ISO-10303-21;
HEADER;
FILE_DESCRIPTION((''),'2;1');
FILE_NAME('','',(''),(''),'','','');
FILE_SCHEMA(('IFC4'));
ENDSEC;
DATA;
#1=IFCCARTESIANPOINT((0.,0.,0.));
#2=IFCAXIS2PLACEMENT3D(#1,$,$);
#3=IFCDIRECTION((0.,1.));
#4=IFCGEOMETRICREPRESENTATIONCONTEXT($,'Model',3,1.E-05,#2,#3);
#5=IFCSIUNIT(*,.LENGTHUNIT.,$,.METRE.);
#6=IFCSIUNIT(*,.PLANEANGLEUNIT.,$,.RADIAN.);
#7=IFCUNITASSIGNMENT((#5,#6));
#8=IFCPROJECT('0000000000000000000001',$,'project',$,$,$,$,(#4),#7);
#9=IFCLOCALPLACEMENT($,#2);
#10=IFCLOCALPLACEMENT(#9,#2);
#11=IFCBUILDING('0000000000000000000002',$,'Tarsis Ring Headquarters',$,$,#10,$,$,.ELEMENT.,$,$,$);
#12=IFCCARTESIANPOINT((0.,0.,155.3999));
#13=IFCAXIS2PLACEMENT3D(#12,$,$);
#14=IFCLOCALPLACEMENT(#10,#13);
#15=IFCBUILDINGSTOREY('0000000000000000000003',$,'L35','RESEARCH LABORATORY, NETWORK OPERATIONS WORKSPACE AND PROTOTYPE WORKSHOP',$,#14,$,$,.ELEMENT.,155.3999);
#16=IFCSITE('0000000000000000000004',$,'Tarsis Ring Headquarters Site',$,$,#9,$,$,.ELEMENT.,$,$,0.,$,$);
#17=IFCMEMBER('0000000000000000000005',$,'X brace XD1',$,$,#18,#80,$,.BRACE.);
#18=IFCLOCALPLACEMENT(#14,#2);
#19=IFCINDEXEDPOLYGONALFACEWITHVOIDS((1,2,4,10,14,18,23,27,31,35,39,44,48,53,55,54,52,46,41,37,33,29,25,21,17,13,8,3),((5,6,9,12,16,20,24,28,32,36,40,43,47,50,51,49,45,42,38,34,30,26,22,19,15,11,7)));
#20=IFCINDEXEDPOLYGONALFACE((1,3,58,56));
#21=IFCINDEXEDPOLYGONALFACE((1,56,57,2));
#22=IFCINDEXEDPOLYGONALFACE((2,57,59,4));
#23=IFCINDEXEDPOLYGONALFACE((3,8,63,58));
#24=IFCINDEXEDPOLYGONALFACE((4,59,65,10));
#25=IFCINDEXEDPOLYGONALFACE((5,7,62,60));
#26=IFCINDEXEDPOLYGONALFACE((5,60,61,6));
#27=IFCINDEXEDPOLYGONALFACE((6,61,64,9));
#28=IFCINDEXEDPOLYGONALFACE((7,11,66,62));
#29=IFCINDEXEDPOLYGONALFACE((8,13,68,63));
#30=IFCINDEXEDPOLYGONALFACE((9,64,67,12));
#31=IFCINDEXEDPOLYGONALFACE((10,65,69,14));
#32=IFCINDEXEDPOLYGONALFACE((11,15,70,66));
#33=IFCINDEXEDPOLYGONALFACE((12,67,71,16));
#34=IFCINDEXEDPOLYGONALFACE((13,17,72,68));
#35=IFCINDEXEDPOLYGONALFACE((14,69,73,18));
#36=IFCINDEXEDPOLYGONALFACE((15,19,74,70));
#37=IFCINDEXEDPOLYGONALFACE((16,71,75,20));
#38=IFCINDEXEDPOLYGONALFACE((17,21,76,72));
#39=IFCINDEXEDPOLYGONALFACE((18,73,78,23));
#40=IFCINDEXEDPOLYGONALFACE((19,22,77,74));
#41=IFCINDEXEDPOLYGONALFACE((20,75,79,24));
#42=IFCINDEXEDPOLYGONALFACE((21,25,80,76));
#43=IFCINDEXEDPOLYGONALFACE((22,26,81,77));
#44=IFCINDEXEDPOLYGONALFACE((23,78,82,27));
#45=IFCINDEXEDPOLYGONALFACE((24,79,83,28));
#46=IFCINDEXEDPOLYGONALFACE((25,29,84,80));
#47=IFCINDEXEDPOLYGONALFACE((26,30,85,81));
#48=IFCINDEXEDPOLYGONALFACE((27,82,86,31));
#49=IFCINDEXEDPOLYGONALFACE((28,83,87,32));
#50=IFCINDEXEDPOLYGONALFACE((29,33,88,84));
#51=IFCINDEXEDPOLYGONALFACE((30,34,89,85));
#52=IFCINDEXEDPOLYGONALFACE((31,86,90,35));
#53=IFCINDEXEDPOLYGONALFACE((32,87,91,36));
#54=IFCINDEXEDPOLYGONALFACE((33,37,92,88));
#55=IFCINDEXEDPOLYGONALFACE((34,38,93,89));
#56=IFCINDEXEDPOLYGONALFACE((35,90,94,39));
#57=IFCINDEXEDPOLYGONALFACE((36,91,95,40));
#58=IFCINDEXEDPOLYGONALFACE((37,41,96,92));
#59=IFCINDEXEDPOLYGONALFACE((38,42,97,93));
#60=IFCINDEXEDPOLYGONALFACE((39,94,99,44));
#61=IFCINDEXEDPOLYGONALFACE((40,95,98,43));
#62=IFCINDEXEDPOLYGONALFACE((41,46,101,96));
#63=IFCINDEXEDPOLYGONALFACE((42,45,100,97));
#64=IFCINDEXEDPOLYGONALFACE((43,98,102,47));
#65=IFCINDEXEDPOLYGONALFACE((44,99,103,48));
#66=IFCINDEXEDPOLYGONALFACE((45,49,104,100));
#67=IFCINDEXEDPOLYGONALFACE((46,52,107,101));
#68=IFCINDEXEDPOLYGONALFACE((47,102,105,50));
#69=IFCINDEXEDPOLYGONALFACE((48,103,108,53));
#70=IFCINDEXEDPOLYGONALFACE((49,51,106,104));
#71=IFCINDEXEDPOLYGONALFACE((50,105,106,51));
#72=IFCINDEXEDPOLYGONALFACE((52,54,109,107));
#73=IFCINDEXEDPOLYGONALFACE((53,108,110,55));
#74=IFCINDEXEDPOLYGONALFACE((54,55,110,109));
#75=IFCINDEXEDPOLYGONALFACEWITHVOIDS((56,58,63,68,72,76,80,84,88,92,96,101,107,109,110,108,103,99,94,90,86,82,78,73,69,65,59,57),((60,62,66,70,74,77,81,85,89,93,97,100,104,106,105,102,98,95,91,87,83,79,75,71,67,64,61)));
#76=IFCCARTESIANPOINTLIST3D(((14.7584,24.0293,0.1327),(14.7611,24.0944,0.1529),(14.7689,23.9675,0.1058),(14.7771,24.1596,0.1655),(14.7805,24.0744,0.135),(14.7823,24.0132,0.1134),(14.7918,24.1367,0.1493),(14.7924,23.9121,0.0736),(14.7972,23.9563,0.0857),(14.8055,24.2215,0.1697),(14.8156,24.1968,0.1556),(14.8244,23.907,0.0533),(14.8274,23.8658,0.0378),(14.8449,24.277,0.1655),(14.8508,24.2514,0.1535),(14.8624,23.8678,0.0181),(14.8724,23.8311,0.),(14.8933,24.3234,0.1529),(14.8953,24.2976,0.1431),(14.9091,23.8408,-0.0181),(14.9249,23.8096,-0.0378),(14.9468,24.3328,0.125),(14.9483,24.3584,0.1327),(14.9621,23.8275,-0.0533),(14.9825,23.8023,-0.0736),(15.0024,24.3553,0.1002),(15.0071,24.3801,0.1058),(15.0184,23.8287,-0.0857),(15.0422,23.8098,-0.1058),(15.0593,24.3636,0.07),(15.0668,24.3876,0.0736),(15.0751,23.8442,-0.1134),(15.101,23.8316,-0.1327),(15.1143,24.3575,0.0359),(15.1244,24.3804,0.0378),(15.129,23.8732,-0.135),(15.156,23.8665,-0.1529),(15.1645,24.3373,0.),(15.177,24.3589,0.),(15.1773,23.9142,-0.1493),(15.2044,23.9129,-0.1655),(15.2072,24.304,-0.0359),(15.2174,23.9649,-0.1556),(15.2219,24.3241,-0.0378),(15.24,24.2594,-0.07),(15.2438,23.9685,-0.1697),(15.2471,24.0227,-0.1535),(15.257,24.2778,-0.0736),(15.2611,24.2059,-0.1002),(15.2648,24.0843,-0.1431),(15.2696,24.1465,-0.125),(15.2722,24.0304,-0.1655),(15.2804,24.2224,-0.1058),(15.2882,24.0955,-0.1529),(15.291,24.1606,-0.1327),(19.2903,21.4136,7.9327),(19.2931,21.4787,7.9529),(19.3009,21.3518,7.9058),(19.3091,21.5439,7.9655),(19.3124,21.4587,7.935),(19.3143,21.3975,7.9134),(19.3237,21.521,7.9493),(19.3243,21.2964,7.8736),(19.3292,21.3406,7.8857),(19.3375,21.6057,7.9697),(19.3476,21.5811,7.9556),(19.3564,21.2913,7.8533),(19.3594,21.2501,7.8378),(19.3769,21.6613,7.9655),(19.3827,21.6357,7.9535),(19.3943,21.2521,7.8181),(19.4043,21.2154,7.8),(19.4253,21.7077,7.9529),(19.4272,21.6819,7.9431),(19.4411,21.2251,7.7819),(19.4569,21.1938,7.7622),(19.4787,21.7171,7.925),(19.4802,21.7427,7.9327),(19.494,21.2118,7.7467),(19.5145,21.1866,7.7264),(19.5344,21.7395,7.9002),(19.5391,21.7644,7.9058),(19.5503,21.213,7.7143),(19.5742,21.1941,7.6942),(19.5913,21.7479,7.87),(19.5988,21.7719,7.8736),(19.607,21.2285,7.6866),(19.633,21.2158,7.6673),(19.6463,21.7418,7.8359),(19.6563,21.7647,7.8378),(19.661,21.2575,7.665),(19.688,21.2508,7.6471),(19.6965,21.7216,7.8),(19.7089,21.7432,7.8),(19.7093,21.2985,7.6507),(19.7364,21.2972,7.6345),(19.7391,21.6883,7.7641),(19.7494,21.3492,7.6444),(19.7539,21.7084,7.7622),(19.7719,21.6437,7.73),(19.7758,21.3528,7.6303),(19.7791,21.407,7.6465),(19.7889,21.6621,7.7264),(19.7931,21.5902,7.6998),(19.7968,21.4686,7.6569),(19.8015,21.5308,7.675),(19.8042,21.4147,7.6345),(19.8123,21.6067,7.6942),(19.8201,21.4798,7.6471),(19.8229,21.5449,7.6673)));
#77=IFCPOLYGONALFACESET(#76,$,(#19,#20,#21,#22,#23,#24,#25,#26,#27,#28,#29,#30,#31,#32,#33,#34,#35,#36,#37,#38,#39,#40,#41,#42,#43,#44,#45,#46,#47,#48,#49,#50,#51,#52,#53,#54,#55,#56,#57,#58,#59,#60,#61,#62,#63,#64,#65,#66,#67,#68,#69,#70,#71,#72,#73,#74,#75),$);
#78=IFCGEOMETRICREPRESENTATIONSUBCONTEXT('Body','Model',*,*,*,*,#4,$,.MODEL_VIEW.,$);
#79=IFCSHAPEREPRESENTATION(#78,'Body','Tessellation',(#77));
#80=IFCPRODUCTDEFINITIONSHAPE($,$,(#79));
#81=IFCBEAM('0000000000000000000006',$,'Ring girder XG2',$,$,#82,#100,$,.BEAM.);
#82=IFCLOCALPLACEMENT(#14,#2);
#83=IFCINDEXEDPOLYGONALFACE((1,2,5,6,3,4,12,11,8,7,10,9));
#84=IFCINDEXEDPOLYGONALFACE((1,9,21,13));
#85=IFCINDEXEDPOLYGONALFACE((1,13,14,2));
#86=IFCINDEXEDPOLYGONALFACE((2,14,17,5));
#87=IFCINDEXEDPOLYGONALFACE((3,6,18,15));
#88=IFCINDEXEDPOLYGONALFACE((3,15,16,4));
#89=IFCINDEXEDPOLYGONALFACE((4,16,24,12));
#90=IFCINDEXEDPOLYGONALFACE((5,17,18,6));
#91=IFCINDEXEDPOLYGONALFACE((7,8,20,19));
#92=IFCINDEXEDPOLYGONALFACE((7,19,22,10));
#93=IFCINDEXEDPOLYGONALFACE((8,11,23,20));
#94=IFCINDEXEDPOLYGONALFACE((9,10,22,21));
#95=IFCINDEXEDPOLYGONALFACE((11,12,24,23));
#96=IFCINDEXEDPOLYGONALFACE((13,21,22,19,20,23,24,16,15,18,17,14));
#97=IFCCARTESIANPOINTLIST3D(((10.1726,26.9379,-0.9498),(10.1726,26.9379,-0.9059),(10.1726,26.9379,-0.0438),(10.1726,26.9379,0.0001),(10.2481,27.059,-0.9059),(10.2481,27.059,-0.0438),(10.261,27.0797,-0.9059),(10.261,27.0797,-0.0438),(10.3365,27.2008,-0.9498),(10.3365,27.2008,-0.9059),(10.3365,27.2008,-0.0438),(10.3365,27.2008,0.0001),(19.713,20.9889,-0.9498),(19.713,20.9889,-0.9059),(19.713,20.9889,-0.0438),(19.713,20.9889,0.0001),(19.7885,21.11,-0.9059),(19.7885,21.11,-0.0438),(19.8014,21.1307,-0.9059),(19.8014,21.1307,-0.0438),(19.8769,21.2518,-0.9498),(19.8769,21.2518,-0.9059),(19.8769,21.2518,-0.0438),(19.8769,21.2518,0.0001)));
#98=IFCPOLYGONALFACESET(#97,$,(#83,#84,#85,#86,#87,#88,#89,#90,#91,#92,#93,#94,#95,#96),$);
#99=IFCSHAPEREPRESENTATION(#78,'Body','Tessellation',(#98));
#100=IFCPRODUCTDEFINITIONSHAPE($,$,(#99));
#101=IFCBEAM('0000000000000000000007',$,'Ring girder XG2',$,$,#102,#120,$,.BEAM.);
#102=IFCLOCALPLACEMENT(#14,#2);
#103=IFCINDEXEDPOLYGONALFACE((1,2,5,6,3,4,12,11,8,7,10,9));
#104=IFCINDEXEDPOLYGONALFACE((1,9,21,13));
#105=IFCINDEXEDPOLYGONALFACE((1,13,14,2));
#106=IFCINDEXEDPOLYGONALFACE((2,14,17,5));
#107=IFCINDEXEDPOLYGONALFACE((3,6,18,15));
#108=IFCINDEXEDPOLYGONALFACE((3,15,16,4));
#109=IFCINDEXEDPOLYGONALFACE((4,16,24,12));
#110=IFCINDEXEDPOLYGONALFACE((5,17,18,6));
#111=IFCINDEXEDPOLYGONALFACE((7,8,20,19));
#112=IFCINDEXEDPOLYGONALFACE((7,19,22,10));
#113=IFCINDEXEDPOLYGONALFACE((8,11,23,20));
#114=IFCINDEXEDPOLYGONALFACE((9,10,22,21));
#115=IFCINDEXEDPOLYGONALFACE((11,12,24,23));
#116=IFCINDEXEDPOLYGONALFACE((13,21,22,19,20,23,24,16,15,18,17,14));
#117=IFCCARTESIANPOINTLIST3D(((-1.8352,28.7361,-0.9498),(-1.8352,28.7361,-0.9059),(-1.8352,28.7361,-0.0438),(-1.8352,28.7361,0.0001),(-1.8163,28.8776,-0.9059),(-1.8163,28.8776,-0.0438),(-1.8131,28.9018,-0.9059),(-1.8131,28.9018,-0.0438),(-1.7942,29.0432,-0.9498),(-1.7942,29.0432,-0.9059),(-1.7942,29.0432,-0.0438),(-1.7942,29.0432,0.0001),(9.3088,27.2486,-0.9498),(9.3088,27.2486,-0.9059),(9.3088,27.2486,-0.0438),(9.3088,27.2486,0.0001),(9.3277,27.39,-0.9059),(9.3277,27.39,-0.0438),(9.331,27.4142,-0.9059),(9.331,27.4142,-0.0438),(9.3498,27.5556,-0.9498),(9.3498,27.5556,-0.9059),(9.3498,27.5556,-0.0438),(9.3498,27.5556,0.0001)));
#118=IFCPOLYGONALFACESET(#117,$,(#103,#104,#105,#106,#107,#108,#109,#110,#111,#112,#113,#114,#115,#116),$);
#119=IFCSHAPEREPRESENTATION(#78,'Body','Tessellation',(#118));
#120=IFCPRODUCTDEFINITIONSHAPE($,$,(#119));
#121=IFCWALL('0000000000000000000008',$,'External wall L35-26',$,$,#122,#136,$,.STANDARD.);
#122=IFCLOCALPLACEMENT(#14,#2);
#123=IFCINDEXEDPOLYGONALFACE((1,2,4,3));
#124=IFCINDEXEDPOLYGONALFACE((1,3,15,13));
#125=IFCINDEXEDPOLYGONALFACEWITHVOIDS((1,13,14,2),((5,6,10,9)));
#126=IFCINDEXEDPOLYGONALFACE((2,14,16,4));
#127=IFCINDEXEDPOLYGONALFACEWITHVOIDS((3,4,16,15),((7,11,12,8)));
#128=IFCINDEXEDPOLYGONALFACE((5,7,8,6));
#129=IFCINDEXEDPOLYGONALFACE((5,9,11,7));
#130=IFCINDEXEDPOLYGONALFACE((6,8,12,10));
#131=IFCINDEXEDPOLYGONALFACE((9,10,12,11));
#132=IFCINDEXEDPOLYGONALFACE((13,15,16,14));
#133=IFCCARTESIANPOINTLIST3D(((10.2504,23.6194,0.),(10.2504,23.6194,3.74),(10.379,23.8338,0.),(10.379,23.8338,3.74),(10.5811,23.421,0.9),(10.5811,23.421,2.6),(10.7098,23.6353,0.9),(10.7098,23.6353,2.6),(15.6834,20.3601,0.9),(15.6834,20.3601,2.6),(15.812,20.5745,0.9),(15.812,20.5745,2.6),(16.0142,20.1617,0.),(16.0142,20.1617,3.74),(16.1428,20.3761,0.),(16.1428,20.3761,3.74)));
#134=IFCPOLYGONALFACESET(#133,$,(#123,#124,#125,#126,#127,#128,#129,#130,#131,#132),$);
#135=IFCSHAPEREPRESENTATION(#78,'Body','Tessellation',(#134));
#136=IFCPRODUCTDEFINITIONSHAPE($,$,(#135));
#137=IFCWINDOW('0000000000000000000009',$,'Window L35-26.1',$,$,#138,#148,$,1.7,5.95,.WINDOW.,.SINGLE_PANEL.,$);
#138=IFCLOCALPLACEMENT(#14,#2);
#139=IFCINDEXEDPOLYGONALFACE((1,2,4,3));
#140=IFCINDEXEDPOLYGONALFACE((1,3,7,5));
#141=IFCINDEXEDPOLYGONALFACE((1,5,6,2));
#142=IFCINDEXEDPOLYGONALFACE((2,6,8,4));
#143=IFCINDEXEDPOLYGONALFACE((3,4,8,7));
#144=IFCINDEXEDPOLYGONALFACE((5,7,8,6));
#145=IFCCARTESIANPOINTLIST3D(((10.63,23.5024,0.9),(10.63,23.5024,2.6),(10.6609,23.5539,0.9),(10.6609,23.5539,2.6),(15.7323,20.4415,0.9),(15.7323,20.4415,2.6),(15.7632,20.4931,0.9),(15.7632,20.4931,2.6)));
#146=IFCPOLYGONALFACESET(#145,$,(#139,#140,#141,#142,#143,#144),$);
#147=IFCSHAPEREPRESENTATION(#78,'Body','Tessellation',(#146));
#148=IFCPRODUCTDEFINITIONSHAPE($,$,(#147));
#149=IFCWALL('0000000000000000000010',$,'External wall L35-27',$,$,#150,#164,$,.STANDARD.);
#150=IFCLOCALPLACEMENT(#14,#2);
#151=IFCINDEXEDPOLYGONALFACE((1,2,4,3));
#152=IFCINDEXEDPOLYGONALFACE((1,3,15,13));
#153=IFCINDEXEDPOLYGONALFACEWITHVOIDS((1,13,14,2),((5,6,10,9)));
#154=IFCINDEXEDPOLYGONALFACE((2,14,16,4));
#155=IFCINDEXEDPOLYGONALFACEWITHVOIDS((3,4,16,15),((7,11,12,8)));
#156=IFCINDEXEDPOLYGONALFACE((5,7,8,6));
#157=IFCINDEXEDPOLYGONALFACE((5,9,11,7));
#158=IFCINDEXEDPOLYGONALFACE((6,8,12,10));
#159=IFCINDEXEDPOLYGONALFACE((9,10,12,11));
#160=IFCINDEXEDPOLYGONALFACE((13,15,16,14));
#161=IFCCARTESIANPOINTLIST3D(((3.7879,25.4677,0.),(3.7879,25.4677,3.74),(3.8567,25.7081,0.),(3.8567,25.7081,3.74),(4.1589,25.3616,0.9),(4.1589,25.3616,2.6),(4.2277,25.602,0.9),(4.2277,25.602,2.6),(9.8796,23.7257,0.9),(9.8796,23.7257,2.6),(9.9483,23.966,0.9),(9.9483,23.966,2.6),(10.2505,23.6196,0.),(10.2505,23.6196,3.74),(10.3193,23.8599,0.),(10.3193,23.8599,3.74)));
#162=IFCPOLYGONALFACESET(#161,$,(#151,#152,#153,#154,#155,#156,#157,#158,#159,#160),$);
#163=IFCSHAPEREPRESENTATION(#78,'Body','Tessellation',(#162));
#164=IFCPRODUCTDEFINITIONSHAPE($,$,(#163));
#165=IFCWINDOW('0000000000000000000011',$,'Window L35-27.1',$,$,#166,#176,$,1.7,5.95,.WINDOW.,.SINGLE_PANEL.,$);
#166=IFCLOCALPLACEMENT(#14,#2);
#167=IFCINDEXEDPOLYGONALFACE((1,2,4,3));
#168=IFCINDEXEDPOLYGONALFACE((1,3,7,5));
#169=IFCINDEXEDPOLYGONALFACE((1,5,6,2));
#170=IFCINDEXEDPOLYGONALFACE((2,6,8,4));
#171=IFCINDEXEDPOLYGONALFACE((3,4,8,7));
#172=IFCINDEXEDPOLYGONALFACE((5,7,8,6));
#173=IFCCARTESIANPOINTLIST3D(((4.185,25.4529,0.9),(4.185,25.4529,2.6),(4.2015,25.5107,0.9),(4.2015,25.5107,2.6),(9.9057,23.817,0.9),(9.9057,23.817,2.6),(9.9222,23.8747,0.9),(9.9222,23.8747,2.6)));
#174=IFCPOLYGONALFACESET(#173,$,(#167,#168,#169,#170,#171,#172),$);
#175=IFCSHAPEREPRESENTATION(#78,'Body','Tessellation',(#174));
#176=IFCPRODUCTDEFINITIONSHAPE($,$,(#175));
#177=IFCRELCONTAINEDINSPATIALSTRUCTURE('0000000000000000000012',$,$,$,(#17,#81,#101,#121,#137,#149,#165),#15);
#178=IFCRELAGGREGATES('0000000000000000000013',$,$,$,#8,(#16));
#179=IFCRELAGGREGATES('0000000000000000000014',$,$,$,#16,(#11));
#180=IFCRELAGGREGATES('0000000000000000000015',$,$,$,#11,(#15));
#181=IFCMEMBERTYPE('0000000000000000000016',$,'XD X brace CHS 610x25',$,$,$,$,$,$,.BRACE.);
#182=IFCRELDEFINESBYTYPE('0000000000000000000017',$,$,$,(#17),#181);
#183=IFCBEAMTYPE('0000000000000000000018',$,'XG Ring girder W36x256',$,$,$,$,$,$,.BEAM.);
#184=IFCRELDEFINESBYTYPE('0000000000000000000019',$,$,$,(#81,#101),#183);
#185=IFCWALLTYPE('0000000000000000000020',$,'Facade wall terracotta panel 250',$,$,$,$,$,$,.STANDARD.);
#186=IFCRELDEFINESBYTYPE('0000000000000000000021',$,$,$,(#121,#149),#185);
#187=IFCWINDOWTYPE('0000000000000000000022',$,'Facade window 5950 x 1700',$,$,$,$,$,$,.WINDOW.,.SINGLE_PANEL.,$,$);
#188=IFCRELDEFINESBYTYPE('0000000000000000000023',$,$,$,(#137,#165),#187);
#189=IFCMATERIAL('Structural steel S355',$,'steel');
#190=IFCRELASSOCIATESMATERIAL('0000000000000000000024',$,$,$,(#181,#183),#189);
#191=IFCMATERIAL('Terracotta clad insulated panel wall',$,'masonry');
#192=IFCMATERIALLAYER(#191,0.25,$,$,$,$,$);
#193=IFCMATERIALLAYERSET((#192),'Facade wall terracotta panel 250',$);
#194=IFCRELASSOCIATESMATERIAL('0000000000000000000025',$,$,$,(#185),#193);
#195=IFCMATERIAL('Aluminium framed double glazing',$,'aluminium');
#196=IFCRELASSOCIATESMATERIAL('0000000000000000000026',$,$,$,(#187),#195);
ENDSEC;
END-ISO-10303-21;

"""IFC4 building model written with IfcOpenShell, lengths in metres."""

from ifc_helpers import new_model, si_unit, direction, frame, frame_2d, origin, origin_2d, place, context, subcontext, project, spatial, rectangle, hollow_circle, i_section, extrude, material, layer, layer_set, material_profile, profile_set, type_object, element, fill, save


model = new_model("IFC4")

# Units and contexts
model_context = context("Model", 3, precision=1e-05, world=origin(), true_north=direction((0.0, 1.0)))
body_context = subcontext(model_context, "Body", "Model", "MODEL_VIEW")
ifc_project = project(units=[si_unit("LENGTHUNIT", "METRE"), si_unit("PLANEANGLEUNIT", "RADIAN")], contexts=[model_context])

# Site, building, storey
site_placement = place(None, origin())
site = spatial("IfcSite", under=ifc_project, at=site_placement, Name="Tarsis Ring Headquarters Site", CompositionType="ELEMENT", RefElevation=0.0)
building_placement = place(site_placement, origin())
building = spatial("IfcBuilding", under=site, at=building_placement, Name="Tarsis Ring Headquarters", CompositionType="ELEMENT")
storey_placement = place(building_placement, frame((0.0, 0.0, 155.3999)))
storey = spatial("IfcBuildingStorey", under=building, at=storey_placement, Name="L35", Description="RESEARCH LABORATORY, NETWORK OPERATIONS WORKSPACE AND PROTOTYPE WORKSHOP", CompositionType="ELEMENT", Elevation=155.3999)

# Shared definitions
ifc_material_1 = material(Name="Structural steel S355", Category="steel")

# Member
ifc_material_profile_1 = material_profile(ifc_material_1, hollow_circle(Radius=0.3047, WallThickness=0.0249, at=origin_2d()), Name="CHS 610x25")
ifc_profile_set_1 = profile_set([ifc_material_profile_1], Name="Structural steel S355")
member_type = type_object("IfcMemberType", Name="XD X brace CHS 610x25", PredefinedType="BRACE", material=ifc_profile_set_1)
member_1_placement = place(storey_placement, frame((15.0247, 24.095, 0.0), z_axis=(0.482504, -0.278487, 0.830443), x_axis=(0.499883, 0.866093, 0.0)))
element("IfcMember", 1, at=member_1_placement, inside=storey, type_object=member_type, Name="X brace XD1", PredefinedType="BRACE", context=body_context, shape_type="SweptSolid", body=[
    extrude(hollow_circle(Radius=0.3047, WallThickness=0.0249, at=origin_2d()), origin(), (0.0, 0.0, 1.0), 9.3926),
])

# Beams
ifc_material_profile_2 = material_profile(ifc_material_1, i_section(OverallWidth=0.3098, OverallDepth=0.95, WebThickness=0.0244, FlangeThickness=0.0439, at=origin_2d()), Name="W36x256")
ifc_profile_set_2 = profile_set([ifc_material_profile_2], Name="Structural steel S355")
beam_type_1 = type_object("IfcBeamType", Name="XG Ring girder W36x256", PredefinedType="BEAM", material=ifc_profile_set_2)
beam_1_placement = place(storey_placement, frame((19.7949, 21.1204, -0.4749), z_axis=(-0.848546, 0.529122, 0.0), x_axis=(-0.529122, -0.848546, 0.0)))
element("IfcBeam", 2, at=beam_1_placement, inside=storey, type_object=beam_type_1, Name="Ring girder XG2", PredefinedType="BEAM", context=body_context, shape_type="SweptSolid", body=[
    extrude(i_section(OverallWidth=0.3098, OverallDepth=0.95, WebThickness=0.0244, FlangeThickness=0.0439, at=origin_2d()), origin(), (0.0, 0.0, 1.0), 11.2432),
])
beam_2_placement = place(storey_placement, frame((9.3293, 27.4021, -0.4749), z_axis=(-0.991208, 0.13231, 0.0), x_axis=(-0.13231, -0.991208, 0.0)))
element("IfcBeam", 3, at=beam_2_placement, inside=storey, type_object=beam_type_1, Name="Ring girder XG2", PredefinedType="BEAM", context=body_context, shape_type="SweptSolid", body=[
    extrude(i_section(OverallWidth=0.3098, OverallDepth=0.95, WebThickness=0.0244, FlangeThickness=0.0439, at=origin_2d()), origin(), (0.0, 0.0, 1.0), 11.2429),
])

# Walls, openings, windows
ifc_material_2 = material(Name="Terracotta clad insulated panel wall", Category="masonry")
ifc_layer = layer(ifc_material_2, 0.25)
ifc_layer_set = layer_set([ifc_layer], Name="Facade wall terracotta panel 250")
wall_type = type_object("IfcWallType", Name="Facade wall terracotta panel 250", PredefinedType="STANDARD", material=ifc_layer_set)
wall_1_placement = place(storey_placement, frame((16.0786, 20.2688, 0.0), z_axis=(0.0, 0.0, 1.0), x_axis=(-0.857531, 0.514432, 0.0)))
wall_1 = element("IfcWall", 4, at=wall_1_placement, inside=storey, type_object=wall_type, Name="External wall L35-26", PredefinedType="STANDARD", context=body_context, shape_type="SweptSolid", body=[
    extrude(rectangle(XDim=6.7214, YDim=0.25, at=frame_2d((3.3608, 0.0))), origin(), (0.0, 0.0, 1.0), 3.74),
])
opening_1_placement = place(wall_1_placement, frame((0.3857, 0.0, 0.8999)))
opening_1 = element("IfcOpeningElement", 5, at=opening_1_placement, cuts=wall_1, PredefinedType="OPENING", context=body_context, shape_type="SweptSolid", body=[
    extrude(rectangle(XDim=5.95, YDim=1.7, at=frame_2d((2.9751, 0.8501))), frame((0.0, 0.135, 0.0), z_axis=(0.0, -1.0, 0.0), x_axis=(1.0, 0.0, 0.0)), (0.0, 0.0, 1.0), 0.27),
])
ifc_material_3 = material(Name="Aluminium framed double glazing", Category="aluminium")
window_type = type_object("IfcWindowType", Name="Facade window 5950 x 1700", PartitioningType="SINGLE_PANEL", PredefinedType="WINDOW", material=ifc_material_3)
window_1_placement = place(opening_1_placement, origin())
window_1 = element("IfcWindow", 6, at=window_1_placement, inside=storey, type_object=window_type, Name="Window L35-26.1", OverallHeight=1.7, OverallWidth=5.95, PartitioningType="SINGLE_PANEL", PredefinedType="WINDOW", context=body_context, shape_type="SweptSolid", body=[
    extrude(rectangle(XDim=5.95, YDim=1.7, at=frame_2d((2.9751, 0.8501))), frame((0.0, 0.03, 0.0), z_axis=(0.0, -1.0, 0.0), x_axis=(1.0, 0.0, 0.0)), (0.0, 0.0, 1.0), 0.0601),
])
fill(opening_1, window_1)
wall_2_placement = place(storey_placement, frame((10.2849, 23.7397, 0.0), z_axis=(0.0, 0.0, 1.0), x_axis=(-0.961458, 0.274951, 0.0)))
wall_2 = element("IfcWall", 7, at=wall_2_placement, inside=storey, type_object=wall_type, Name="External wall L35-27", PredefinedType="STANDARD", context=body_context, shape_type="SweptSolid", body=[
    extrude(rectangle(XDim=6.7217, YDim=0.25, at=frame_2d((3.3608, 0.0))), origin(), (0.0, 0.0, 1.0), 3.74),
])
opening_2_placement = place(wall_2_placement, frame((0.3857, 0.0, 0.8999)))
opening_2 = element("IfcOpeningElement", 8, at=opening_2_placement, cuts=wall_2, PredefinedType="OPENING", context=body_context, shape_type="SweptSolid", body=[
    extrude(rectangle(XDim=5.95, YDim=1.7, at=frame_2d((2.9751, 0.8501))), frame((0.0, 0.135, 0.0), z_axis=(0.0, -1.0, 0.0), x_axis=(1.0, 0.0, 0.0)), (0.0, 0.0, 1.0), 0.27),
])
window_2_placement = place(opening_2_placement, origin())
window_2 = element("IfcWindow", 9, at=window_2_placement, inside=storey, type_object=window_type, Name="Window L35-27.1", OverallHeight=1.7, OverallWidth=5.95, PartitioningType="SINGLE_PANEL", PredefinedType="WINDOW", context=body_context, shape_type="SweptSolid", body=[
    extrude(rectangle(XDim=5.95, YDim=1.7, at=frame_2d((2.9751, 0.8501))), frame((0.0, 0.03, 0.0), z_axis=(0.0, -1.0, 0.0), x_axis=(1.0, 0.0, 0.0)), (0.0, 0.0, 1.0), 0.0601),
])
fill(opening_2, window_2)

save(model, "model.ifc")
